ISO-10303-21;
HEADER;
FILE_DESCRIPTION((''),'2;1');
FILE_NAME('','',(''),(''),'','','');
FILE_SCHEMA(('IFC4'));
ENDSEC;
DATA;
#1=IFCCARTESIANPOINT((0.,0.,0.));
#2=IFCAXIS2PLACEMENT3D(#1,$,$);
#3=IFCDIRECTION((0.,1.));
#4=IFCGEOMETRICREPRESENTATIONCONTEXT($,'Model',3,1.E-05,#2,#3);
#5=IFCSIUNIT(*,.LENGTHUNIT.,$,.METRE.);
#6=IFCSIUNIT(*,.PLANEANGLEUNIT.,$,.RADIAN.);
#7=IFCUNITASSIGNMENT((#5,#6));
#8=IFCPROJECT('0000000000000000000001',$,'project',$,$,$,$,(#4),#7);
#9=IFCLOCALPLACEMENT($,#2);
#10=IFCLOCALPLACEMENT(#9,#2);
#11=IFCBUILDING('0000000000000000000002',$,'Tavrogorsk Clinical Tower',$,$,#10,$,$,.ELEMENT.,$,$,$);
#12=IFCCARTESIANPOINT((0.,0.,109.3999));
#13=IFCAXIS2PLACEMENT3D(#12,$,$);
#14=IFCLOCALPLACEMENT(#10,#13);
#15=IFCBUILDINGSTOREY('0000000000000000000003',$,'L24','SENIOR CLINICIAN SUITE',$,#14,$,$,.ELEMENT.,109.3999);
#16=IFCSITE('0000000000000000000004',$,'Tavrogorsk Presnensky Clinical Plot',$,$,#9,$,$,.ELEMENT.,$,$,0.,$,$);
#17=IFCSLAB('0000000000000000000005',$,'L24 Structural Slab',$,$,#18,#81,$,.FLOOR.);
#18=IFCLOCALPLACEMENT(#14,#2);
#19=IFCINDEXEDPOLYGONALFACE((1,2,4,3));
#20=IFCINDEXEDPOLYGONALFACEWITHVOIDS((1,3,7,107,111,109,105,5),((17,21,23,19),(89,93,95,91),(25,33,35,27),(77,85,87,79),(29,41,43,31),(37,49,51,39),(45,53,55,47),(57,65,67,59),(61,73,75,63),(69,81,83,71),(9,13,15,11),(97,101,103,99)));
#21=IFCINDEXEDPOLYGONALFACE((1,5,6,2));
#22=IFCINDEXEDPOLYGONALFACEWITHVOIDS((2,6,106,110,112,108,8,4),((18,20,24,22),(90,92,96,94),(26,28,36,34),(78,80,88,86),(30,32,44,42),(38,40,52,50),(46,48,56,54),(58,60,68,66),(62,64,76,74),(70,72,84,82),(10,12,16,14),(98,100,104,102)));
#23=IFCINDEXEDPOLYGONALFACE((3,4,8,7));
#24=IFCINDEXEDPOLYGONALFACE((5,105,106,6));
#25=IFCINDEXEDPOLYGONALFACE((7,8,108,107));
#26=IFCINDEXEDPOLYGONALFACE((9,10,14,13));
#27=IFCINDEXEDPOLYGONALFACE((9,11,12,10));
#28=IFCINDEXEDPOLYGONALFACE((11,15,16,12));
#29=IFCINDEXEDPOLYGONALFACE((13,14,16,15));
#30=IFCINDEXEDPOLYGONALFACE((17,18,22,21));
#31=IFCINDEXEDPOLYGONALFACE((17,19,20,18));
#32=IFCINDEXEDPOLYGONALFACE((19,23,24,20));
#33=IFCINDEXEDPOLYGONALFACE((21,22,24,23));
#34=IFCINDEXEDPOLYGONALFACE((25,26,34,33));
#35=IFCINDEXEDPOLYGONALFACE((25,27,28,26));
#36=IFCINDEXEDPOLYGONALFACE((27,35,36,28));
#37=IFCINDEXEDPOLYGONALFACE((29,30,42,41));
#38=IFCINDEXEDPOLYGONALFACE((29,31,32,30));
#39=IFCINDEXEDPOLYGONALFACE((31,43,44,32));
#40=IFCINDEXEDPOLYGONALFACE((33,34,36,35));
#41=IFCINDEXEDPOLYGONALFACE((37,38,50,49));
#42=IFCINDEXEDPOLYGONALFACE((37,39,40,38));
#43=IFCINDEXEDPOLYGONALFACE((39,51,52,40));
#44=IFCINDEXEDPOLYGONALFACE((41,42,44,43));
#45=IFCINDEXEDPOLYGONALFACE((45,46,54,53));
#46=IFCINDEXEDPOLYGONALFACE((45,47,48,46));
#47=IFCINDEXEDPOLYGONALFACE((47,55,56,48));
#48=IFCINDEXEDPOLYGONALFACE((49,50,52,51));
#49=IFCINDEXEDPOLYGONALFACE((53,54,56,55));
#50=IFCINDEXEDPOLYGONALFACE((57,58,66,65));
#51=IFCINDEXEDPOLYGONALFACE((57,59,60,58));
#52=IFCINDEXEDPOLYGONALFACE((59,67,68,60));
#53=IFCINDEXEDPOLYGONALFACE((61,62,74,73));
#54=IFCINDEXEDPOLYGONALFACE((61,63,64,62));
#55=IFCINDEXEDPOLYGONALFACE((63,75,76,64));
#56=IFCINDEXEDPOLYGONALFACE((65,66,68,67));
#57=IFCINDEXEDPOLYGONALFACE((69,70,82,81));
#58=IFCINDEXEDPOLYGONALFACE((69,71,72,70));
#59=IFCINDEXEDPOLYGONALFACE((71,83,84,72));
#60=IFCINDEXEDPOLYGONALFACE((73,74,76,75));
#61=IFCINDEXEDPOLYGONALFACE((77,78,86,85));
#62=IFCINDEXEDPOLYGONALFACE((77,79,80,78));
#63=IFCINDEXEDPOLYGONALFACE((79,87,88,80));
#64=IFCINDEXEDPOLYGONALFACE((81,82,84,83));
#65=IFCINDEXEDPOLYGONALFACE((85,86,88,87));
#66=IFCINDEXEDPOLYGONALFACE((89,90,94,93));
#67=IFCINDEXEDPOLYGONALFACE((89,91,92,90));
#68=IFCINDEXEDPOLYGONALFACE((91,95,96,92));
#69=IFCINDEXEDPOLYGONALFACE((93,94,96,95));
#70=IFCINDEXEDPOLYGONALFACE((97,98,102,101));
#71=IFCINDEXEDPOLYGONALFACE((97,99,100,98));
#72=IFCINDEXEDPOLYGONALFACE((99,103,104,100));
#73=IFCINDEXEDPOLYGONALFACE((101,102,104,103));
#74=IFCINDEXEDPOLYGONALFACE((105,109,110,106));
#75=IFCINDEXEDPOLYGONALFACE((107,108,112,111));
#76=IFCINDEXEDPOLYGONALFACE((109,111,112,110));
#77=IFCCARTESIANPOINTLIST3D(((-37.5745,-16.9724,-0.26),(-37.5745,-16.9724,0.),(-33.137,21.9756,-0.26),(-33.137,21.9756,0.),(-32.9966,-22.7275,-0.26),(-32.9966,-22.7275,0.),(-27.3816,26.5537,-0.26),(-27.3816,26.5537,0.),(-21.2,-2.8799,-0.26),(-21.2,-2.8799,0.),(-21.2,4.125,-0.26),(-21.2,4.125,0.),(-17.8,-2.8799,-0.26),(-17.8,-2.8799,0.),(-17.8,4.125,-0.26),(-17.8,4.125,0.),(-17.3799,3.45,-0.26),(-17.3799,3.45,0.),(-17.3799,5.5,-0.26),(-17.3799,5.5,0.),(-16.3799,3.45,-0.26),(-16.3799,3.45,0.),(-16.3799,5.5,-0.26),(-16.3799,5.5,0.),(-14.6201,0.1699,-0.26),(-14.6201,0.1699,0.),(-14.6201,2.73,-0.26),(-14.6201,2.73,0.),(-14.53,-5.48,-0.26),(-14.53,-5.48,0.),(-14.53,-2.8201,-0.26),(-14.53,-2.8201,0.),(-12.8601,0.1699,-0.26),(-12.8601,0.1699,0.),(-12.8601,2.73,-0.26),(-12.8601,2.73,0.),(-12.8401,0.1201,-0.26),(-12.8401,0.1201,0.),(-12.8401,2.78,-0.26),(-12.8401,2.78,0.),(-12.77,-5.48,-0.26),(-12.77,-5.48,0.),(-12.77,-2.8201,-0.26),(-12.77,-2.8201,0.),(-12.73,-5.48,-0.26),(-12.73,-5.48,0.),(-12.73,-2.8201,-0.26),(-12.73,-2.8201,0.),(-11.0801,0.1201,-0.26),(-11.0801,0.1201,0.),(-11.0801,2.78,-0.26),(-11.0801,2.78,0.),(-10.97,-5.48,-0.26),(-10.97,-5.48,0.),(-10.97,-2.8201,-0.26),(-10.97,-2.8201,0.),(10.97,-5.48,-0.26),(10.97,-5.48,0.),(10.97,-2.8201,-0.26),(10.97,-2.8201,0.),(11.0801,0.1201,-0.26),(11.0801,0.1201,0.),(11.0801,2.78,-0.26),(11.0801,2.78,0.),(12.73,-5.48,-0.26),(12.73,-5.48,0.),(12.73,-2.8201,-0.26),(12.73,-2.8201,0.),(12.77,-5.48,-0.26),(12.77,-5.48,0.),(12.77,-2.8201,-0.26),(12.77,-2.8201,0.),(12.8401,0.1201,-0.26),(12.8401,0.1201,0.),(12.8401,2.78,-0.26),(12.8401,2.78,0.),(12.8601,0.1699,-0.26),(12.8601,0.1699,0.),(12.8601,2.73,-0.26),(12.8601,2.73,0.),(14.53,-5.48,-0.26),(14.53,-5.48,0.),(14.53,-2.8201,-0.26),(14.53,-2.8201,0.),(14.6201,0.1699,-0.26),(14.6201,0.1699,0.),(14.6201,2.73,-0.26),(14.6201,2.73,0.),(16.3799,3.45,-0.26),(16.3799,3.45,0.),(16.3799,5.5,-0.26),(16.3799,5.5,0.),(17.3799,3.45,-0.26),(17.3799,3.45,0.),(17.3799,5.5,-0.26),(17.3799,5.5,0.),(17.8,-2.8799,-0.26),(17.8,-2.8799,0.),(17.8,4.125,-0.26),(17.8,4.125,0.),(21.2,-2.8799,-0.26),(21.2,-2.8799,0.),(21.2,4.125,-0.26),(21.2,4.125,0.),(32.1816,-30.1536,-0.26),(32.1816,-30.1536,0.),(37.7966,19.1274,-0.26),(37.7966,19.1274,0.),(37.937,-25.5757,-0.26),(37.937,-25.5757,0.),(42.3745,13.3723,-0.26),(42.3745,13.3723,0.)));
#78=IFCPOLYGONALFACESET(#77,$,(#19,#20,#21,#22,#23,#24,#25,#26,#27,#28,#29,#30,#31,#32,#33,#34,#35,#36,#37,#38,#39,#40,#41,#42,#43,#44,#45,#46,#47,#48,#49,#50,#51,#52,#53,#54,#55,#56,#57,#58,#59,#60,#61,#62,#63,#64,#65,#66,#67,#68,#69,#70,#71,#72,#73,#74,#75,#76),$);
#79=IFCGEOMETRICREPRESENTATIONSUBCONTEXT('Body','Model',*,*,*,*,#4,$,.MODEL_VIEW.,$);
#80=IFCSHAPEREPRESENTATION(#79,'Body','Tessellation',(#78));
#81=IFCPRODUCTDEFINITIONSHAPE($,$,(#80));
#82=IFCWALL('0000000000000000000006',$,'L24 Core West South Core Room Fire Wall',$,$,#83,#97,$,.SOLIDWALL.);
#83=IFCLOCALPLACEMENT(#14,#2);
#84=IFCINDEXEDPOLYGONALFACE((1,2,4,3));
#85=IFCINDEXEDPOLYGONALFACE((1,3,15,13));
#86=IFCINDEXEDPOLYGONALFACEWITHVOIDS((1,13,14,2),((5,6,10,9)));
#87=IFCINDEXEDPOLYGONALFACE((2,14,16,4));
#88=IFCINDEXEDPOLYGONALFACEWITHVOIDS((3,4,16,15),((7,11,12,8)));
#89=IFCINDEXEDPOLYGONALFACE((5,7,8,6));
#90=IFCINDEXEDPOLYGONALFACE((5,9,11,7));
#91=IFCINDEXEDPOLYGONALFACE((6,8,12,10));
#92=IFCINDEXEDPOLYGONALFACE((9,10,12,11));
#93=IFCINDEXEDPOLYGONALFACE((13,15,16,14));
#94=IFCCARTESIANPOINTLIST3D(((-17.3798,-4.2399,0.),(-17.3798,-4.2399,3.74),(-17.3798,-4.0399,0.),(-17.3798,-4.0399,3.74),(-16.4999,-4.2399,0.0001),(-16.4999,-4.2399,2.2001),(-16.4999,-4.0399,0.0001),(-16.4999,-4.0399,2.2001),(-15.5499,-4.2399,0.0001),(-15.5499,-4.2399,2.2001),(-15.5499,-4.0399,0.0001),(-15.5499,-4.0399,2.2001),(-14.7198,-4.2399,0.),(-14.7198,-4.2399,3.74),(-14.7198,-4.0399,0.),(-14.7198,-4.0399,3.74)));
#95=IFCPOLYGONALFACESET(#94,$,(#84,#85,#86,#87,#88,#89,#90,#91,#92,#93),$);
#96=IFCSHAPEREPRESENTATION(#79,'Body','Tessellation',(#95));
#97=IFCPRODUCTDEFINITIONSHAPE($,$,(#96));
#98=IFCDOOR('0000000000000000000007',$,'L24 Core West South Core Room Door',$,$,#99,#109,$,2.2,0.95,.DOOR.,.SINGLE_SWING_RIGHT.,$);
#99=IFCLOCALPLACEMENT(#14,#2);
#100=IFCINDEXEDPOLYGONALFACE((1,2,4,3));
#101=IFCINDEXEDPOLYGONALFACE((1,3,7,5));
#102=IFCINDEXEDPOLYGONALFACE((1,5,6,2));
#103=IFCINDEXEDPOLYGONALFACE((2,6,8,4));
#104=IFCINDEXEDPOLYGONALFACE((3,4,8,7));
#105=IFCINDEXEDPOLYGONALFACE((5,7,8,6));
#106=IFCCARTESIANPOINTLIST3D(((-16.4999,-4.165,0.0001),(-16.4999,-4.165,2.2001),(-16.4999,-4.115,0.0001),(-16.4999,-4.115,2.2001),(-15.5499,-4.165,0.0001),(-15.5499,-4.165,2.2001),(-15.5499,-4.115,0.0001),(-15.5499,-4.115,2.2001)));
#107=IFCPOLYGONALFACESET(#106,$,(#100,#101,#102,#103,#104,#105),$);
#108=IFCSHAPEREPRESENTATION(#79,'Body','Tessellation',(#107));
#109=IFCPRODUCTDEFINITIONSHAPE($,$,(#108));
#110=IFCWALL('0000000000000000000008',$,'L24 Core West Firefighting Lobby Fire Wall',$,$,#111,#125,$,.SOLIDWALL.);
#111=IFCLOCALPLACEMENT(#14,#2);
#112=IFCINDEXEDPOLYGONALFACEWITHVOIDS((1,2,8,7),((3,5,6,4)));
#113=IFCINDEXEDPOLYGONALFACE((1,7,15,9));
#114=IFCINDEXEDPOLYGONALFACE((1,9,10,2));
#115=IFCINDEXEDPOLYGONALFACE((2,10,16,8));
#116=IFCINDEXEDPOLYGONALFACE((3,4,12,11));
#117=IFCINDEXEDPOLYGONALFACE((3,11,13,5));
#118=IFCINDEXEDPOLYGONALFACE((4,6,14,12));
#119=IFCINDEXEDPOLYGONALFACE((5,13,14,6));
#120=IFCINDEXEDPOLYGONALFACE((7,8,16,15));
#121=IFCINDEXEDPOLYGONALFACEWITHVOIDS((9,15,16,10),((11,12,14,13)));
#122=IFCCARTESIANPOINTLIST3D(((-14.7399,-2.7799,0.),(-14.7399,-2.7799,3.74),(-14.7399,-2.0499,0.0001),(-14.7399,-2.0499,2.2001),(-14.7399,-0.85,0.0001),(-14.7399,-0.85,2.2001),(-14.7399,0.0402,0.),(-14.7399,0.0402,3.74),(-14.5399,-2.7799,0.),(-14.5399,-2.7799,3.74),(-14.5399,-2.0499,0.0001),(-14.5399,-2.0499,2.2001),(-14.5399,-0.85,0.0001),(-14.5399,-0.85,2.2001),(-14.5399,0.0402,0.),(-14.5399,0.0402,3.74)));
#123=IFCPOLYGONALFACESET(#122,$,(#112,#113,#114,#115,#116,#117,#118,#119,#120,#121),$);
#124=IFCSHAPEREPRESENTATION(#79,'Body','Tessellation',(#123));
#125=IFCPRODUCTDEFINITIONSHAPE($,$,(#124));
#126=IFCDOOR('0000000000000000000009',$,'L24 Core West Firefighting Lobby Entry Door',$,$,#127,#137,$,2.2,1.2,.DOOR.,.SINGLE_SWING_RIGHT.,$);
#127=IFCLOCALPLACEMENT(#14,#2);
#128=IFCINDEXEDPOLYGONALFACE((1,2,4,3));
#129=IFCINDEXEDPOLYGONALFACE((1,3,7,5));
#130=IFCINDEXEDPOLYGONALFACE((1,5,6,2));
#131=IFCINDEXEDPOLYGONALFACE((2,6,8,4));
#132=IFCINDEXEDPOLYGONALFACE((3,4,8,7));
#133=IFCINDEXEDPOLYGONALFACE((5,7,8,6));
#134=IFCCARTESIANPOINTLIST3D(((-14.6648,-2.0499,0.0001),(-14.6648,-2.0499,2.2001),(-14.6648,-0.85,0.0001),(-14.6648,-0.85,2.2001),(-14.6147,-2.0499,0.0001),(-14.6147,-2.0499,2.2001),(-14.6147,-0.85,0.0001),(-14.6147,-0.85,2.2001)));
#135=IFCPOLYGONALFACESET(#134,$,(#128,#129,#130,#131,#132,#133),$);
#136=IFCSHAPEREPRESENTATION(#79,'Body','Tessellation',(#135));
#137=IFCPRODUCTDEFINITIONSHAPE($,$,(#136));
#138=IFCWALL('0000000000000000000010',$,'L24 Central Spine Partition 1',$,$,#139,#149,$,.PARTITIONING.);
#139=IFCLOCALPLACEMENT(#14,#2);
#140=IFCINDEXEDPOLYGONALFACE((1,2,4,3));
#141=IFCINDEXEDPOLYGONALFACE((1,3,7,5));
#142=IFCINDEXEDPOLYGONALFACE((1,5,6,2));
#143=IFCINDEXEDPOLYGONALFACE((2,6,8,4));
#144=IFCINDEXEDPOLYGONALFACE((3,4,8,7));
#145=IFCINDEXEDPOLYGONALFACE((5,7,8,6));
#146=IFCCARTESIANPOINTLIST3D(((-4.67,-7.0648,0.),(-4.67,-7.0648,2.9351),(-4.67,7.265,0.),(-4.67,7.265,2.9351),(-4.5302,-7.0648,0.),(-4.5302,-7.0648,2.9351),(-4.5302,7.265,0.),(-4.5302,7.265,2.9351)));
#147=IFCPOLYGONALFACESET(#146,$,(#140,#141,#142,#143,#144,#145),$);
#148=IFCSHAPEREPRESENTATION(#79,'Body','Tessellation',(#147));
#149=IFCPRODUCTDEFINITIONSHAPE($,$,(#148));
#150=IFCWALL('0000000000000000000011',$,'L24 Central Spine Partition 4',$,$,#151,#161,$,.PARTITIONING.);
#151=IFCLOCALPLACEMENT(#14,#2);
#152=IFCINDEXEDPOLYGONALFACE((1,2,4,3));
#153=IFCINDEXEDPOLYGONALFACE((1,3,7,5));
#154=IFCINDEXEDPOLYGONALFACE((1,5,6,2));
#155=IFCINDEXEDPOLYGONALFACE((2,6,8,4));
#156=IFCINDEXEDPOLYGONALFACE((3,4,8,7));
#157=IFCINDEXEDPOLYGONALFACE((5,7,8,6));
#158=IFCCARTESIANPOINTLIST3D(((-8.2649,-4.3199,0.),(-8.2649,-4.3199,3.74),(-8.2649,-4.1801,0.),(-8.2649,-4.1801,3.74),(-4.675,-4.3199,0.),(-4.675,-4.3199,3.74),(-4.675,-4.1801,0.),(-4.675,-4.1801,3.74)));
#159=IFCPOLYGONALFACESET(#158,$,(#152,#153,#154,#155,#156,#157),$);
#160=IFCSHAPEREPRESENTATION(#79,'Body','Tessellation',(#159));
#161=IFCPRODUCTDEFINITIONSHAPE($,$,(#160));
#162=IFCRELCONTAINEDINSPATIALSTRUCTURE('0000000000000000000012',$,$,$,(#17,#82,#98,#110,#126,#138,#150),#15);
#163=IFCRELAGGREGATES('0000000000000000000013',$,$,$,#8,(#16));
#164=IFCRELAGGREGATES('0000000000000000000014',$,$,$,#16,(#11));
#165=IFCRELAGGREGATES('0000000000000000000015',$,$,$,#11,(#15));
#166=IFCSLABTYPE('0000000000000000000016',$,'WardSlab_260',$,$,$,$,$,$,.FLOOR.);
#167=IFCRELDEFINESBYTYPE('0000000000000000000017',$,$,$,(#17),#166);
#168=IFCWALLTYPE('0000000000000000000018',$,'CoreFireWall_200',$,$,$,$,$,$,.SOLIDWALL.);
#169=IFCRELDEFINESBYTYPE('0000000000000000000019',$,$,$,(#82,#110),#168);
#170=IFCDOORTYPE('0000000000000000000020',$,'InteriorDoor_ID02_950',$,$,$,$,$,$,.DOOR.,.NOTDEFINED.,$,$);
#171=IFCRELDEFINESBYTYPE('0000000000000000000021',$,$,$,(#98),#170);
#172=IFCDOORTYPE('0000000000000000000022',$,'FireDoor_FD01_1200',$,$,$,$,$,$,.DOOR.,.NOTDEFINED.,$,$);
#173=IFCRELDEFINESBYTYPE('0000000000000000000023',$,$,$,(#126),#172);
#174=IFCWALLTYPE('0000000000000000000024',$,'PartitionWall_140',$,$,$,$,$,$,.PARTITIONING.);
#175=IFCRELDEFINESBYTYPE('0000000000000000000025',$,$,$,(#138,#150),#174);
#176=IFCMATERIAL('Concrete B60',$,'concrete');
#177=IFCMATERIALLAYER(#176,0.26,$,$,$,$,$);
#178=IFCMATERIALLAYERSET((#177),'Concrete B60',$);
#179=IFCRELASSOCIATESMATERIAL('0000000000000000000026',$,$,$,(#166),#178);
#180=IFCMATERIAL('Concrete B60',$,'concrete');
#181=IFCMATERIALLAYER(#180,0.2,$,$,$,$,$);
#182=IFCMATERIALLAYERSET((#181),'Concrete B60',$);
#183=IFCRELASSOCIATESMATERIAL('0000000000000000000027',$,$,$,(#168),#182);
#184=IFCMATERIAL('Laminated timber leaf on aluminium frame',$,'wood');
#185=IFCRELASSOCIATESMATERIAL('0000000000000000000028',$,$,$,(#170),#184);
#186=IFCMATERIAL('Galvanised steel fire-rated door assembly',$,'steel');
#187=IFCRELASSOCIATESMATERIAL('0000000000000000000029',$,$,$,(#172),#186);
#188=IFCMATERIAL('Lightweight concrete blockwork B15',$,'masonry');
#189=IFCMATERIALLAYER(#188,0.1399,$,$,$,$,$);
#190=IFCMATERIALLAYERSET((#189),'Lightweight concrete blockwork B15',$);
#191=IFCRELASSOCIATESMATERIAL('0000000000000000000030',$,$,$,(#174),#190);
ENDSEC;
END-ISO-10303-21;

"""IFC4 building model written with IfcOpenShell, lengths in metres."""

from ifc_helpers import new_model, si_unit, direction, frame, frame_2d, origin, place, context, subcontext, project, spatial, polyline, rectangle, outline, extrude, material, layer, layer_set, type_object, element, fill, save


model = new_model("IFC4")

# Units and contexts
model_context = context("Model", 3, precision=1e-05, world=origin(), true_north=direction((0.0, 1.0)))
body_context = subcontext(model_context, "Body", "Model", "MODEL_VIEW")
ifc_project = project(units=[si_unit("LENGTHUNIT", "METRE"), si_unit("PLANEANGLEUNIT", "RADIAN")], contexts=[model_context])

# Site, building, storey
site_placement = place(None, origin())
site = spatial("IfcSite", under=ifc_project, at=site_placement, Name="Tavrogorsk Presnensky Clinical Plot", CompositionType="ELEMENT", RefElevation=0.0)
building_placement = place(site_placement, origin())
building = spatial("IfcBuilding", under=site, at=building_placement, Name="Tavrogorsk Clinical Tower", CompositionType="ELEMENT")
storey_placement = place(building_placement, frame((0.0, 0.0, 109.3999)))
storey = spatial("IfcBuildingStorey", under=building, at=storey_placement, Name="L24", Description="SENIOR CLINICIAN SUITE", CompositionType="ELEMENT", Elevation=109.3999)

# Slab
ifc_material_1 = material(Name="Concrete B60", Category="concrete")
ifc_layer_1 = layer(ifc_material_1, 0.26)
ifc_layer_set_1 = layer_set([ifc_layer_1], Name="Concrete B60")
slab_type = type_object("IfcSlabType", Name="WardSlab_260", PredefinedType="FLOOR", material=ifc_layer_set_1)
slab_placement = place(storey_placement, frame((0.0, 0.0, -0.26)))
element("IfcSlab", 1, at=slab_placement, inside=storey, type_object=slab_type, Name="L24 Structural Slab", PredefinedType="FLOOR", context=body_context, shape_type="SweptSolid", body=[
    extrude(outline(polyline([(-32.9966, -22.7275), (32.1816, -30.1536), (37.937, -25.5757), (42.3745, 13.3723), (37.7966, 19.1274), (-27.3816, 26.5537), (-33.137, 21.9756), (-37.5745, -16.9724), (-32.9966, -22.7275)]), holes=[polyline([(-17.8, -2.8799), (-17.8, 4.125), (-21.2, 4.125), (-21.2, -2.8799), (-17.8, -2.8799)]), polyline([(21.2, -2.8799), (21.2, 4.125), (17.8, 4.125), (17.8, -2.8799), (21.2, -2.8799)]), polyline([(-14.6201, 0.1699), (-12.8601, 0.1699), (-12.8601, 2.73), (-14.6201, 2.73), (-14.6201, 0.1699)]), polyline([(-14.53, -5.48), (-12.77, -5.48), (-12.77, -2.8201), (-14.53, -2.8201), (-14.53, -5.48)]), polyline([(-12.73, -5.48), (-10.97, -5.48), (-10.97, -2.8201), (-12.73, -2.8201), (-12.73, -5.48)]), polyline([(-12.8401, 0.1201), (-11.0801, 0.1201), (-11.0801, 2.78), (-12.8401, 2.78), (-12.8401, 0.1201)]), polyline([(12.8601, 0.1699), (14.6201, 0.1699), (14.6201, 2.73), (12.8601, 2.73), (12.8601, 0.1699)]), polyline([(12.77, -5.48), (14.53, -5.48), (14.53, -2.8201), (12.77, -2.8201), (12.77, -5.48)]), polyline([(10.97, -5.48), (12.73, -5.48), (12.73, -2.8201), (10.97, -2.8201), (10.97, -5.48)]), polyline([(11.0801, 0.1201), (12.8401, 0.1201), (12.8401, 2.78), (11.0801, 2.78), (11.0801, 0.1201)]), polyline([(-17.3799, 3.45), (-16.3799, 3.45), (-16.3799, 5.5), (-17.3799, 5.5), (-17.3799, 3.45)]), polyline([(16.3799, 3.45), (17.3799, 3.45), (17.3799, 5.5), (16.3799, 5.5), (16.3799, 3.45)])]), origin(), (0.0, 0.0, 1.0), 0.26),
])

# Walls, openings, doors
ifc_material_2 = material(Name="Concrete B60", Category="concrete")
ifc_layer_2 = layer(ifc_material_2, 0.2)
ifc_layer_set_2 = layer_set([ifc_layer_2], Name="Concrete B60")
wall_type_1 = type_object("IfcWallType", Name="CoreFireWall_200", PredefinedType="SOLIDWALL", material=ifc_layer_set_2)
wall_1_placement = place(storey_placement, frame((-17.3799, -4.1399, 0.0), z_axis=(0.0, 0.0, 1.0), x_axis=(1.0, 0.0, 0.0)))
wall_1 = element("IfcWall", 2, at=wall_1_placement, inside=storey, type_object=wall_type_1, Name="L24 Core West South Core Room Fire Wall", PredefinedType="SOLIDWALL", context=body_context, shape_type="SweptSolid", body=[
    extrude(rectangle(XDim=2.6599, YDim=0.2, at=frame_2d((1.3301, 0.0))), origin(), (0.0, 0.0, 1.0), 3.74),
])
opening_1_placement = place(wall_1_placement, frame((0.8799, 0.0, 0.0)))
opening_1 = element("IfcOpeningElement", 3, at=opening_1_placement, cuts=wall_1, PredefinedType="OPENING", context=body_context, shape_type="SweptSolid", body=[
    extrude(rectangle(XDim=0.95, YDim=2.2, at=frame_2d((0.4751, 1.1001))), frame((0.0, 0.1099, 0.0), z_axis=(0.0, -1.0, 0.0), x_axis=(1.0, 0.0, 0.0)), (0.0, 0.0, 1.0), 0.22),
])
ifc_material_3 = material(Name="Laminated timber leaf on aluminium frame", Category="wood")
door_type_1 = type_object("IfcDoorType", Name="InteriorDoor_ID02_950", OperationType="NOTDEFINED", PredefinedType="DOOR", material=ifc_material_3)
door_1_placement = place(opening_1_placement, origin())
door_1 = element("IfcDoor", 4, at=door_1_placement, inside=storey, type_object=door_type_1, Name="L24 Core West South Core Room Door", OperationType="SINGLE_SWING_RIGHT", OverallHeight=2.2, OverallWidth=0.95, PredefinedType="DOOR", context=body_context, shape_type="SweptSolid", body=[
    extrude(rectangle(XDim=0.95, YDim=2.2, at=frame_2d((0.4751, 1.1001))), frame((0.0, 0.0249, 0.0), z_axis=(0.0, -1.0, 0.0), x_axis=(1.0, 0.0, 0.0)), (0.0, 0.0, 1.0), 0.05),
])
fill(opening_1, door_1)
wall_2_placement = place(storey_placement, frame((-14.6399, -2.78, 0.0), z_axis=(0.0, 0.0, 1.0), x_axis=(0.0, 1.0, 0.0)))
wall_2 = element("IfcWall", 5, at=wall_2_placement, inside=storey, type_object=wall_type_1, Name="L24 Core West Firefighting Lobby Fire Wall", PredefinedType="SOLIDWALL", context=body_context, shape_type="SweptSolid", body=[
    extrude(rectangle(XDim=2.8201, YDim=0.2, at=frame_2d((1.4102, 0.0))), origin(), (0.0, 0.0, 1.0), 3.74),
])
opening_2_placement = place(wall_2_placement, frame((0.73, 0.0, 0.0)))
opening_2 = element("IfcOpeningElement", 6, at=opening_2_placement, cuts=wall_2, PredefinedType="OPENING", context=body_context, shape_type="SweptSolid", body=[
    extrude(rectangle(XDim=1.2, YDim=2.2, at=frame_2d((0.6001, 1.1001))), frame((0.0, 0.1099, 0.0), z_axis=(0.0, -1.0, 0.0), x_axis=(1.0, 0.0, 0.0)), (0.0, 0.0, 1.0), 0.22),
])
ifc_material_4 = material(Name="Galvanised steel fire-rated door assembly", Category="steel")
door_type_2 = type_object("IfcDoorType", Name="FireDoor_FD01_1200", OperationType="NOTDEFINED", PredefinedType="DOOR", material=ifc_material_4)
door_2_placement = place(opening_2_placement, origin())
door_2 = element("IfcDoor", 7, at=door_2_placement, inside=storey, type_object=door_type_2, Name="L24 Core West Firefighting Lobby Entry Door", OperationType="SINGLE_SWING_RIGHT", OverallHeight=2.2, OverallWidth=1.2, PredefinedType="DOOR", context=body_context, shape_type="SweptSolid", body=[
    extrude(rectangle(XDim=1.2, YDim=2.2, at=frame_2d((0.6001, 1.1001))), frame((0.0, 0.0249, 0.0), z_axis=(0.0, -1.0, 0.0), x_axis=(1.0, 0.0, 0.0)), (0.0, 0.0, 1.0), 0.05),
])
fill(opening_2, door_2)

# Walls
ifc_material_5 = material(Name="Lightweight concrete blockwork B15", Category="masonry")
ifc_layer_3 = layer(ifc_material_5, 0.1399)
ifc_layer_set_3 = layer_set([ifc_layer_3], Name="Lightweight concrete blockwork B15")
wall_type_2 = type_object("IfcWallType", Name="PartitionWall_140", PredefinedType="PARTITIONING", material=ifc_layer_set_3)
wall_3_placement = place(storey_placement, frame((-4.6001, -7.0649, 0.0), z_axis=(0.0, 0.0, 1.0), x_axis=(0.0, 1.0, 0.0)))
element("IfcWall", 8, at=wall_3_placement, inside=storey, type_object=wall_type_2, Name="L24 Central Spine Partition 1", PredefinedType="PARTITIONING", context=body_context, shape_type="SweptSolid", body=[
    extrude(rectangle(XDim=14.3298, YDim=0.1399, at=frame_2d((7.165, 0.0))), origin(), (0.0, 0.0, 1.0), 2.9351),
])
wall_4_placement = place(storey_placement, frame((-8.2649, -4.25, 0.0), z_axis=(0.0, 0.0, 1.0), x_axis=(1.0, 0.0, 0.0)))
element("IfcWall", 9, at=wall_4_placement, inside=storey, type_object=wall_type_2, Name="L24 Central Spine Partition 4", PredefinedType="PARTITIONING", context=body_context, shape_type="SweptSolid", body=[
    extrude(rectangle(XDim=3.5898, YDim=0.1399, at=frame_2d((1.7949, 0.0))), origin(), (0.0, 0.0, 1.0), 3.74),
])

save(model, "model.ifc")
